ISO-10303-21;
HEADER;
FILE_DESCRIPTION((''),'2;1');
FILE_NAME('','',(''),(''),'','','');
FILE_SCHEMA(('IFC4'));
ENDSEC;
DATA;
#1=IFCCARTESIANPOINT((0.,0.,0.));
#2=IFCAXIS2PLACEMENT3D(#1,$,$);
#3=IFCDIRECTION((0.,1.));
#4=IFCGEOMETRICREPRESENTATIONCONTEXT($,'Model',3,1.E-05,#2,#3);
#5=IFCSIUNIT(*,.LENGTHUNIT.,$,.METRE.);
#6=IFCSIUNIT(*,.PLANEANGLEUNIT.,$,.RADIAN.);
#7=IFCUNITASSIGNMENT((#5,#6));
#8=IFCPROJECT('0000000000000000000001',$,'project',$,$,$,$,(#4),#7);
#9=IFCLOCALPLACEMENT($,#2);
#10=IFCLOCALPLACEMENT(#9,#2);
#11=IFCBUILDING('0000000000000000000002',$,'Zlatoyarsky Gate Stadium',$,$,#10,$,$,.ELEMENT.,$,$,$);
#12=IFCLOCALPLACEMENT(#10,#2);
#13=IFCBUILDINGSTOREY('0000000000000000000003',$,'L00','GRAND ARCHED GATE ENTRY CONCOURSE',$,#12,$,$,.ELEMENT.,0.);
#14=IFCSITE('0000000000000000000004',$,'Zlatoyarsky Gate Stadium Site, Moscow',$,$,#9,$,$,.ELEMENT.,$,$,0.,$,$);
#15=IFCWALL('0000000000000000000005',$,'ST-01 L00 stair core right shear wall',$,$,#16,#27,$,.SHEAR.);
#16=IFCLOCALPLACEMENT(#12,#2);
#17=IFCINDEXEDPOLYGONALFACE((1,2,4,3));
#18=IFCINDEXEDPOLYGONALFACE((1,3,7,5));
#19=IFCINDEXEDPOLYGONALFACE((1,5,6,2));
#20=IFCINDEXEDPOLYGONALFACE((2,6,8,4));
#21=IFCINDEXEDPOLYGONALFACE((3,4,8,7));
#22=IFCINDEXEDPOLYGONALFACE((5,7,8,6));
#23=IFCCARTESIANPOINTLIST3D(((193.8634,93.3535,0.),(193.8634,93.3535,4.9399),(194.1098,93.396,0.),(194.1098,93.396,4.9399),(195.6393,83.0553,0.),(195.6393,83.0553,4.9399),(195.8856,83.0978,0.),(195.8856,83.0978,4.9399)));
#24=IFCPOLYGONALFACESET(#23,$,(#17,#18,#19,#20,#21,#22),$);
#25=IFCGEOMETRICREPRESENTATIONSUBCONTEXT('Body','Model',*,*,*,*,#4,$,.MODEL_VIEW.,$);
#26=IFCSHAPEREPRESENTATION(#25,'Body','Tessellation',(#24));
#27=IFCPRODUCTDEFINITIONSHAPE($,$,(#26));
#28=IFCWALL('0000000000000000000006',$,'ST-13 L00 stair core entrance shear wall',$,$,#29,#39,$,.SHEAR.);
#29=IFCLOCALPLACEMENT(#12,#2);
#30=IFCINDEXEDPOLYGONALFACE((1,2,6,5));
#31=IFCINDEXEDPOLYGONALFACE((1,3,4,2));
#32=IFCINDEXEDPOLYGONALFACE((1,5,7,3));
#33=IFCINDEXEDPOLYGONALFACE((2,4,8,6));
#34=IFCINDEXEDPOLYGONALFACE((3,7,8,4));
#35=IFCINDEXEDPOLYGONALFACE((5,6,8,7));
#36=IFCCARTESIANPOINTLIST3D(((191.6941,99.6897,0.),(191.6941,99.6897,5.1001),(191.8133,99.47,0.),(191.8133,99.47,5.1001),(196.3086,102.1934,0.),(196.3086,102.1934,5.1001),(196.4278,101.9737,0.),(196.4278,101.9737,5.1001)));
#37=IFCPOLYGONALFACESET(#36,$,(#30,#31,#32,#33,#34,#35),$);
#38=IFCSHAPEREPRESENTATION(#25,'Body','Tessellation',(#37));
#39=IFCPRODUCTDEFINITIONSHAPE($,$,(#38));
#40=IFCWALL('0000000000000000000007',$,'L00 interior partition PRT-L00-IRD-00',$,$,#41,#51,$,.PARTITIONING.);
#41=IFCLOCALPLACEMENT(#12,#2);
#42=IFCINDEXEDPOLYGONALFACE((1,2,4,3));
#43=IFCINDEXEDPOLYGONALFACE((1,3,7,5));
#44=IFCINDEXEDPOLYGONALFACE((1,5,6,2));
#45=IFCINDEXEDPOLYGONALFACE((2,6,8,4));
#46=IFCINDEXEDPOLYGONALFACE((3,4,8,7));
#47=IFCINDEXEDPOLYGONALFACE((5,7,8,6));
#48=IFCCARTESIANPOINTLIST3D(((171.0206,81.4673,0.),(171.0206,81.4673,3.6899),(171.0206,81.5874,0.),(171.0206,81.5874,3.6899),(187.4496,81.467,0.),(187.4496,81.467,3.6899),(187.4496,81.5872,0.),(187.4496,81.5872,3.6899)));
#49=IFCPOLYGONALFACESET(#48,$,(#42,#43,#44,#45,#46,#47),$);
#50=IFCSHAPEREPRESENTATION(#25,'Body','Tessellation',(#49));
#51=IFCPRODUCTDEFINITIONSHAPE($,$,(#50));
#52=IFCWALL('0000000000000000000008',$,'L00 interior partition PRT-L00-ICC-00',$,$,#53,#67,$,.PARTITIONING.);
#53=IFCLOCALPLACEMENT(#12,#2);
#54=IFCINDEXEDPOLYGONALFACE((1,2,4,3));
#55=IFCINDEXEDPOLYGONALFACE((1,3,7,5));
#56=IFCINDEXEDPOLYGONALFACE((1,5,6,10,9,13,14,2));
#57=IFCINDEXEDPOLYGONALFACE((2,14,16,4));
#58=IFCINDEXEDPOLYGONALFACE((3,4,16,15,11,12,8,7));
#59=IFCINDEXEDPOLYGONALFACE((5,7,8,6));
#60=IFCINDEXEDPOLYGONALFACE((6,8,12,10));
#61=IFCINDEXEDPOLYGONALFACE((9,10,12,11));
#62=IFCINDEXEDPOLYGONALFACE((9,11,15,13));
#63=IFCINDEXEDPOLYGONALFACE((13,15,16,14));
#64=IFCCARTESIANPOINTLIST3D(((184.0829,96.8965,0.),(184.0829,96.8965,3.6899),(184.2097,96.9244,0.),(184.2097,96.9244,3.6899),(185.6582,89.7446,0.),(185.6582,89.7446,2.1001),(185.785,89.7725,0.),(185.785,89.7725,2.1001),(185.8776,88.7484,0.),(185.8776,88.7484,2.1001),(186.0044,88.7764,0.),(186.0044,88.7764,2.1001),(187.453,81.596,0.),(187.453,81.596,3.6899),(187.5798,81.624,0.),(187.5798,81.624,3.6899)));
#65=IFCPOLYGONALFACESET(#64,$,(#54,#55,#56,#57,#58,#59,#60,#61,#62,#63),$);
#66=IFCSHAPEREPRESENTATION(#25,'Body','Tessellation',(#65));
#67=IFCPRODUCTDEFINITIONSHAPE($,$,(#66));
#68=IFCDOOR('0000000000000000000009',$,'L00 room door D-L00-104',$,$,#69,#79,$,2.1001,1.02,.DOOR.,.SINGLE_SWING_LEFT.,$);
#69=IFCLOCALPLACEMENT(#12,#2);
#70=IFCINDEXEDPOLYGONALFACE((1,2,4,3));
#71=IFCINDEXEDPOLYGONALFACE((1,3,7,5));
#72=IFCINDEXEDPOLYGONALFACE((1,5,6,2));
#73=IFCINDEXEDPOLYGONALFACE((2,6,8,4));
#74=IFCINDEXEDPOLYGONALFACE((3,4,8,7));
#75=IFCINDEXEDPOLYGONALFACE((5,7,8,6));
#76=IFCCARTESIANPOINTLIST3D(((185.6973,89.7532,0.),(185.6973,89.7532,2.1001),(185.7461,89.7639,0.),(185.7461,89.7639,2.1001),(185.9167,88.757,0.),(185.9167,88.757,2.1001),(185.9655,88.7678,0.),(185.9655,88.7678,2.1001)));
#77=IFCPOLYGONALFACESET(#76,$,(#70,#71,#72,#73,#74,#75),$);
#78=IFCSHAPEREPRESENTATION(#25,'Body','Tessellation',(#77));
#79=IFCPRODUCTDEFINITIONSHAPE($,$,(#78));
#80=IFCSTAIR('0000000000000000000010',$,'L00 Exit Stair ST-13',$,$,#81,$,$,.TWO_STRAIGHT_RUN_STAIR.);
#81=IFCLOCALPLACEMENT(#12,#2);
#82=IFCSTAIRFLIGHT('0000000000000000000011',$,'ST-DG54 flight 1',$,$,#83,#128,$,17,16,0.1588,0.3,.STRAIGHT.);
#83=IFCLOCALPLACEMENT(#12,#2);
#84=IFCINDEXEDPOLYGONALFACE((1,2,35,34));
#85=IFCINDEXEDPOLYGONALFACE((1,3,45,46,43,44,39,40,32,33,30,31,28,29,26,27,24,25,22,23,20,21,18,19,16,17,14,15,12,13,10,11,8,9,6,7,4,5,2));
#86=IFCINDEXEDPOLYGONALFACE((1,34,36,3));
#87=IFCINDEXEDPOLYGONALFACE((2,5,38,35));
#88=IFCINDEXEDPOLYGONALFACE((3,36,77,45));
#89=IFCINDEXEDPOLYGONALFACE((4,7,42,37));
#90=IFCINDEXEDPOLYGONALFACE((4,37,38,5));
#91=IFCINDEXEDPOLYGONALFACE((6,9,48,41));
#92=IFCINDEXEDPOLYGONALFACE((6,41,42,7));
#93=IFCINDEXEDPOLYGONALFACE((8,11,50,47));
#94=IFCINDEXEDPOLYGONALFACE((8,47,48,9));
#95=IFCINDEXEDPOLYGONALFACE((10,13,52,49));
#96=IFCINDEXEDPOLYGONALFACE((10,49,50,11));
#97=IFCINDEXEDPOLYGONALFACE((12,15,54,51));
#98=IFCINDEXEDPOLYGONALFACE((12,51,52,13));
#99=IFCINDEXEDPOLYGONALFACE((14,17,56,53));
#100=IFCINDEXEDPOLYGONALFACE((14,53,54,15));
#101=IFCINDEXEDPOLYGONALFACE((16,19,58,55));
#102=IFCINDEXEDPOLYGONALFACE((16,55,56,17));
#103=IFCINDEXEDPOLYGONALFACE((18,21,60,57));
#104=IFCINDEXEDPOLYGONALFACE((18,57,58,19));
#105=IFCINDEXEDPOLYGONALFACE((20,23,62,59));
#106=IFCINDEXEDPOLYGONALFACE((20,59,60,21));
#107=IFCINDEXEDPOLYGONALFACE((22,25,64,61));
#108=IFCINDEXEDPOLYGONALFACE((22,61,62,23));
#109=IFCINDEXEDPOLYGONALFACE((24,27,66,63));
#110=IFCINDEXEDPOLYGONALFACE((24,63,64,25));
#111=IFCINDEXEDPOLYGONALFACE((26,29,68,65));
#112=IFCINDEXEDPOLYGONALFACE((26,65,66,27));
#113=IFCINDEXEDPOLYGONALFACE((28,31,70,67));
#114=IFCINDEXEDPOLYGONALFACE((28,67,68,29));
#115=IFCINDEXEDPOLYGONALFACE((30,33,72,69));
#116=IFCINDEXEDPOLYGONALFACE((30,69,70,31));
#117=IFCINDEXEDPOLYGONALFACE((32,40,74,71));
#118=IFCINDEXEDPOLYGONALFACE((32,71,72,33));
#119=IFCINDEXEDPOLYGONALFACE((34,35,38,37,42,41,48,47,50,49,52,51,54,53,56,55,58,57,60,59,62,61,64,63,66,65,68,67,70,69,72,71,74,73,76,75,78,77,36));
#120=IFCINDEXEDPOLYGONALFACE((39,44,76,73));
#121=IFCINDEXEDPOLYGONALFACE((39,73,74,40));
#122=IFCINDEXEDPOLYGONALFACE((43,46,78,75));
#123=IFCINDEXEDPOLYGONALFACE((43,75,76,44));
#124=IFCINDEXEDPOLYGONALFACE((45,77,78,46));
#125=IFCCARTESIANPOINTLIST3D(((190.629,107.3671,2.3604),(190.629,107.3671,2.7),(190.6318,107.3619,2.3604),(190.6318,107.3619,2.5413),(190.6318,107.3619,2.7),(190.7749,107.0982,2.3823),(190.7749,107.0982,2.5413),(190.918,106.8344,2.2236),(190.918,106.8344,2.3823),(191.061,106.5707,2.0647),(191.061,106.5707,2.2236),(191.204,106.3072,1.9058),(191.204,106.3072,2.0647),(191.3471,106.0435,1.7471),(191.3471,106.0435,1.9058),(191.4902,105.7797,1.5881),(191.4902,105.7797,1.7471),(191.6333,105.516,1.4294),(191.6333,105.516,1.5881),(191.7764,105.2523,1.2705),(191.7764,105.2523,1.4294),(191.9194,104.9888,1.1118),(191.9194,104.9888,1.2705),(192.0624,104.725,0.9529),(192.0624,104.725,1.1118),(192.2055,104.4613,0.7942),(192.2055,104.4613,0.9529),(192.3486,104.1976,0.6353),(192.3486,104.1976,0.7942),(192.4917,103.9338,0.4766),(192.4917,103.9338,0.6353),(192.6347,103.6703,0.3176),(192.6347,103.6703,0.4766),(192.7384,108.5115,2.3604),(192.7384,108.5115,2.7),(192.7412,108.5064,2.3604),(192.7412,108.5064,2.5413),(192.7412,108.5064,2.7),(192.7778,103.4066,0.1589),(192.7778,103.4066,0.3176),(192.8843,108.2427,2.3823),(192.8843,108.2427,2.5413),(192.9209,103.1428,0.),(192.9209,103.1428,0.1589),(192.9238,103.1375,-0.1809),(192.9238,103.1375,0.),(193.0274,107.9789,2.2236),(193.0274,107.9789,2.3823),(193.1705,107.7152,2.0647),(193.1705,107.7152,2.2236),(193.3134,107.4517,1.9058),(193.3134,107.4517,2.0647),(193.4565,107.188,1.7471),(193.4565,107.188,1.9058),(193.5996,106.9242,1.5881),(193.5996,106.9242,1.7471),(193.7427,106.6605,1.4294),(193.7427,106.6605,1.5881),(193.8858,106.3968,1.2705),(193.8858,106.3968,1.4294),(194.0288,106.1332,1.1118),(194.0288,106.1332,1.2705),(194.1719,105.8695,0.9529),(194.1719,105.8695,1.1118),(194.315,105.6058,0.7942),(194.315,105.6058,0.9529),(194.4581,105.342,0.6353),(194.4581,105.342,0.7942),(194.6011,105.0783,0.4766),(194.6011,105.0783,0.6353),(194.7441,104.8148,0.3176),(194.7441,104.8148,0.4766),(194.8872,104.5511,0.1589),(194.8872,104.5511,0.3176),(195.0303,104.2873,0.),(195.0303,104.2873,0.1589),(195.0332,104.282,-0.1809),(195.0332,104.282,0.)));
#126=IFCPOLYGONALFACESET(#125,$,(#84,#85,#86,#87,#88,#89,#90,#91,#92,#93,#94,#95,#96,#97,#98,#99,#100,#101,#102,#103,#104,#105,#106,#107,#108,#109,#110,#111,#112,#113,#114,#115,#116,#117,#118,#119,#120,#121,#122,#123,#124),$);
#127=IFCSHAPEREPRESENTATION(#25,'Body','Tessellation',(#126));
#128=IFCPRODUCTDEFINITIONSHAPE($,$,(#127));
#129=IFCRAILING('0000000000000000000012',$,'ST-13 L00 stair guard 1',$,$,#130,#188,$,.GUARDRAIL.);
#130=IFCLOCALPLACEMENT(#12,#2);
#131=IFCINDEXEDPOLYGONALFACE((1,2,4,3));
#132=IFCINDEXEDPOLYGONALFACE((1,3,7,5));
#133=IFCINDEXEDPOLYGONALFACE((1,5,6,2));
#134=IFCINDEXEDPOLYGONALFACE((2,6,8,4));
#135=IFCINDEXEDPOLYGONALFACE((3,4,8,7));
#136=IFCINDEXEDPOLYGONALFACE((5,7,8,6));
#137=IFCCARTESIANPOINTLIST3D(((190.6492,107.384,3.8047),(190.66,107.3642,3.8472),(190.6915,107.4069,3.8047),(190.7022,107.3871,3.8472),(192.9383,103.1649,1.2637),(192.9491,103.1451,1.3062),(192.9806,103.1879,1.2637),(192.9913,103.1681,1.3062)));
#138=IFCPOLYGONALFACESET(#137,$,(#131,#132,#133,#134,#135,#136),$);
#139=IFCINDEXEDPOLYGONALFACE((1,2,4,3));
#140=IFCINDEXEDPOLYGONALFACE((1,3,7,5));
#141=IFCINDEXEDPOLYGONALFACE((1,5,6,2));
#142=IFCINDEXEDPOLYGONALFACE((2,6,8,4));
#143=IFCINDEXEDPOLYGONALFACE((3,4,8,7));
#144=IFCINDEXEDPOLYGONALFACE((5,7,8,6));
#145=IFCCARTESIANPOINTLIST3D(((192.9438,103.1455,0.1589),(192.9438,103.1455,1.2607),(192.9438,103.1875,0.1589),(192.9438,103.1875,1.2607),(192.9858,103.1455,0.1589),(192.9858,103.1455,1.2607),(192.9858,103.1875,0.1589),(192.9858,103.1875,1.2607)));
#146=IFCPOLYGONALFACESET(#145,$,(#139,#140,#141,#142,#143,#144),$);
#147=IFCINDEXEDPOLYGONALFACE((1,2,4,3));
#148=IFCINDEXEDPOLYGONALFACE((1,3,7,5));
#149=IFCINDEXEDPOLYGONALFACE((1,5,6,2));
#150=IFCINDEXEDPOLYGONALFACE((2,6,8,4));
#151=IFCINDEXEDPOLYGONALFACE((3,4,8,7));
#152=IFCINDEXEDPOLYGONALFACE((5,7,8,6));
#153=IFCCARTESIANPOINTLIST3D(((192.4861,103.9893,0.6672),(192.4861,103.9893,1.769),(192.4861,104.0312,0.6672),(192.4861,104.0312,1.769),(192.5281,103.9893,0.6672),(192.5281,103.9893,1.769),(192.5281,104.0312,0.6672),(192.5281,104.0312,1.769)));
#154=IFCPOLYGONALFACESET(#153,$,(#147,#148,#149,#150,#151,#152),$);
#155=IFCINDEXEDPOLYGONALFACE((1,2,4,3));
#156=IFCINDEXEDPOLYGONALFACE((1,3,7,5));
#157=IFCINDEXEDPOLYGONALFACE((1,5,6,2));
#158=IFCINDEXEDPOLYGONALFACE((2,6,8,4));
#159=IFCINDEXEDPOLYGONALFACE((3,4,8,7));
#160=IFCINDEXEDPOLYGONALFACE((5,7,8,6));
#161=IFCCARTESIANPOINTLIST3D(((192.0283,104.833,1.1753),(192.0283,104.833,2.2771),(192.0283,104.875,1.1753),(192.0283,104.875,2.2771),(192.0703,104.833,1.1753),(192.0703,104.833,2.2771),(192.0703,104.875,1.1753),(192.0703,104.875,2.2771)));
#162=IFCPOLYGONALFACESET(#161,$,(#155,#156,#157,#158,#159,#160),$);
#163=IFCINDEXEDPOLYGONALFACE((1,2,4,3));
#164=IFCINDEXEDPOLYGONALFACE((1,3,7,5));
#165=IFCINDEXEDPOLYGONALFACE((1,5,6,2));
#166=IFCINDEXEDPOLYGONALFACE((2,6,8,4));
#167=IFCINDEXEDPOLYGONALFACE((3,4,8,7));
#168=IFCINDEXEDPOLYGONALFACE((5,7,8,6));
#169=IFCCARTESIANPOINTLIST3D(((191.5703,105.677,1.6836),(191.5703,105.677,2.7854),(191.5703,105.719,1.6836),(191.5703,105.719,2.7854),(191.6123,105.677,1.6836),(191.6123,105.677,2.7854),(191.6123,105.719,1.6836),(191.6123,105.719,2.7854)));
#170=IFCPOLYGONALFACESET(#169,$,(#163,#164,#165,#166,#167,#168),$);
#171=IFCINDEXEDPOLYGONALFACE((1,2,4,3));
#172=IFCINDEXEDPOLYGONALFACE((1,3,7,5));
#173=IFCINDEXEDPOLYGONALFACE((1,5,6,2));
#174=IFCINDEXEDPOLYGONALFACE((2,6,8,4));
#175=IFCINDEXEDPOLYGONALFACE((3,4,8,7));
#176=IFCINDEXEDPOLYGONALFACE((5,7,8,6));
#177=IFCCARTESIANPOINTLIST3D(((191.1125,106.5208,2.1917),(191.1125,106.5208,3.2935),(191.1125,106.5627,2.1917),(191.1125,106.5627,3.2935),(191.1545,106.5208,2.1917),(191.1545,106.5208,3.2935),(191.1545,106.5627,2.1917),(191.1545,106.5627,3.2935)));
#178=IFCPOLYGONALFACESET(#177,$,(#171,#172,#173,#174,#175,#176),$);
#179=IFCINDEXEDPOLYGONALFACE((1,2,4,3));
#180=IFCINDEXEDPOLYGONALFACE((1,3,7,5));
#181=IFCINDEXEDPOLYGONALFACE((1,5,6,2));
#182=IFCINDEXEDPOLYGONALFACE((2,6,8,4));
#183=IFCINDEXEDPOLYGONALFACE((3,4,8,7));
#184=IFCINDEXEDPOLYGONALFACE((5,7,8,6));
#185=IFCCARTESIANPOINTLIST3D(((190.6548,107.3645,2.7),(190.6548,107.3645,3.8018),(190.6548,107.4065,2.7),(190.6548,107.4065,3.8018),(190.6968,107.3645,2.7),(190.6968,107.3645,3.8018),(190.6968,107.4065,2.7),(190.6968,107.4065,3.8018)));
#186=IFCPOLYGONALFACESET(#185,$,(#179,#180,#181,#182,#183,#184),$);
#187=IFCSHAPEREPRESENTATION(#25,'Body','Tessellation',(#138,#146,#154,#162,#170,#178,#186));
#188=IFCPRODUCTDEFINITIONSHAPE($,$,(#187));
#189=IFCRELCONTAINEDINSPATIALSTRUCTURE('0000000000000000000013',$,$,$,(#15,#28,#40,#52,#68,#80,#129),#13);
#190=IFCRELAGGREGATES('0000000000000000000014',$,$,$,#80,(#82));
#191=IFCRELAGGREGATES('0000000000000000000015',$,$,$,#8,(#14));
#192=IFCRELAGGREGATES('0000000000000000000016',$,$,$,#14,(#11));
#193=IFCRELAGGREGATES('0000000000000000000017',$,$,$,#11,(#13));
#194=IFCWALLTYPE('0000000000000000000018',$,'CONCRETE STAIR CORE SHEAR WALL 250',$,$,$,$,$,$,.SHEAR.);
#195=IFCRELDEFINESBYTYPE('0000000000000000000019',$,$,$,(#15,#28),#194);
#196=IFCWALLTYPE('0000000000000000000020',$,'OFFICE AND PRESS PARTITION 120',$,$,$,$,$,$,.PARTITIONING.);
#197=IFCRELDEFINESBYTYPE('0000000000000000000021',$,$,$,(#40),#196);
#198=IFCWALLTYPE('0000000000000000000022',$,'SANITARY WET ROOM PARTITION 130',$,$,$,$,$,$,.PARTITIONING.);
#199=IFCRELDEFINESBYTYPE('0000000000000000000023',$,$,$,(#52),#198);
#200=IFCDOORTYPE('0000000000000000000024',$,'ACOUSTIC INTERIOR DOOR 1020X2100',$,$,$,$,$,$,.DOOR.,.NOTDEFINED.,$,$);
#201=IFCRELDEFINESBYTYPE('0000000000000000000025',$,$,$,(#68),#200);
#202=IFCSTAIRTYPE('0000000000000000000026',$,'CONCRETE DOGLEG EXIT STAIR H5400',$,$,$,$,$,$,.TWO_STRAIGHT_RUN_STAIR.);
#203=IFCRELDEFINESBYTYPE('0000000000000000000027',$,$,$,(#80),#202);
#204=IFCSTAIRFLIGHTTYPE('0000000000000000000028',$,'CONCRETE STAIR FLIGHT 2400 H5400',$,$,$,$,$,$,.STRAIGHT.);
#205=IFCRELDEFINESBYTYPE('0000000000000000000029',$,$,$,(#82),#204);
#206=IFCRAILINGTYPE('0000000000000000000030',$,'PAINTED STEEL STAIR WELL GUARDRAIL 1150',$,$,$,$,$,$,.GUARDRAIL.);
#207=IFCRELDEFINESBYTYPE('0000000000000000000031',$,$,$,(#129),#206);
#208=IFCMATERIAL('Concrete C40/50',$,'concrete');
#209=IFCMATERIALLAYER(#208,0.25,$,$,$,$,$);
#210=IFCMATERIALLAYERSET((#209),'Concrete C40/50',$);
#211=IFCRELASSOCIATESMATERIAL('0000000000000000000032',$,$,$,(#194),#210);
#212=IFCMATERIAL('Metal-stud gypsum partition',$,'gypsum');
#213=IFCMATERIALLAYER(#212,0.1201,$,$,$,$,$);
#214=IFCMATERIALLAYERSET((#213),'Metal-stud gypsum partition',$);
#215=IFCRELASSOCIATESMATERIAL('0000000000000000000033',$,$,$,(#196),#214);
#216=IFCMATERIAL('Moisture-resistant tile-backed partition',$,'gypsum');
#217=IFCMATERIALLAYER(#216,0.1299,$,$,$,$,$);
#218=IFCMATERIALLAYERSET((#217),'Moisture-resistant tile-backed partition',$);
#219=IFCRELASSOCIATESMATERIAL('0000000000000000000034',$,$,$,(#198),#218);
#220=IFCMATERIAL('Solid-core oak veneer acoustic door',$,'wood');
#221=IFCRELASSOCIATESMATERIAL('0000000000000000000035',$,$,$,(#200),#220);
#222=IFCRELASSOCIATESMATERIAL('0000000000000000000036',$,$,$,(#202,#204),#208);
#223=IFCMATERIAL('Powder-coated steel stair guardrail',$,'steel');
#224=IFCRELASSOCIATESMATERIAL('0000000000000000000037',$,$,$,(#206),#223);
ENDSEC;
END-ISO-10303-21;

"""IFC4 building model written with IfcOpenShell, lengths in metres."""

from ifc_helpers import new_model, si_unit, direction, frame, frame_2d, origin, origin_2d, place, context, subcontext, project, spatial, polyline, rectangle, outline, extrude, material, layer, layer_set, type_object, element, fill, aggregate, save


model = new_model("IFC4")

# Units and contexts
model_context = context("Model", 3, precision=1e-05, world=origin(), true_north=direction((0.0, 1.0)))
body_context = subcontext(model_context, "Body", "Model", "MODEL_VIEW")
ifc_project = project(units=[si_unit("LENGTHUNIT", "METRE"), si_unit("PLANEANGLEUNIT", "RADIAN")], contexts=[model_context])

# Site, building, storey
site_placement = place(None, origin())
site = spatial("IfcSite", under=ifc_project, at=site_placement, Name="Zlatoyarsky Gate Stadium Site, Moscow", CompositionType="ELEMENT", RefElevation=0.0)
building_placement = place(site_placement, origin())
building = spatial("IfcBuilding", under=site, at=building_placement, Name="Zlatoyarsky Gate Stadium", CompositionType="ELEMENT")
storey_placement = place(building_placement, origin())
storey = spatial("IfcBuildingStorey", under=building, at=storey_placement, Name="L00", Description="GRAND ARCHED GATE ENTRY CONCOURSE", CompositionType="ELEMENT", Elevation=0.0)

# Shared definitions
ifc_material_1 = material(Name="Concrete C40/50", Category="concrete")

# Shared definitions
ifc_material_2 = material(Name="Solid-core oak veneer acoustic door", Category="wood")

# Shared definitions
ifc_layer_1 = layer(ifc_material_1, 0.25)
ifc_layer_set_1 = layer_set([ifc_layer_1], Name="Concrete C40/50")
wall_type_1 = type_object("IfcWallType", Name="CONCRETE STAIR CORE SHEAR WALL 250", PredefinedType="SHEAR", material=ifc_layer_set_1)

# Walls
wall_1_placement = place(storey_placement, frame((193.9866, 93.3748, 0.0), z_axis=(0.0, 0.0, 1.0), x_axis=(0.169939, -0.985455, 0.0)))
element("IfcWall", 1, at=wall_1_placement, inside=storey, type_object=wall_type_1, Name="ST-01 L00 stair core right shear wall", PredefinedType="SHEAR", context=body_context, shape_type="SweptSolid", body=[
    extrude(rectangle(XDim=10.4502, YDim=0.25, at=frame_2d((5.2251, 0.0))), origin(), (0.0, 0.0, 1.0), 4.9399),
])
wall_2_placement = place(storey_placement, frame((191.7537, 99.5798, 0.0), z_axis=(0.0, 0.0, 1.0), x_axis=(0.878961, 0.476893, 0.0)))
element("IfcWall", 2, at=wall_2_placement, inside=storey, type_object=wall_type_1, Name="ST-13 L00 stair core entrance shear wall", PredefinedType="SHEAR", context=body_context, shape_type="SweptSolid", body=[
    extrude(rectangle(XDim=5.25, YDim=0.25, at=frame_2d((2.625, 0.0))), origin(), (0.0, 0.0, 1.0), 5.1001),
])
ifc_material_3 = material(Name="Metal-stud gypsum partition", Category="gypsum")
ifc_layer_2 = layer(ifc_material_3, 0.1201)
ifc_layer_set_2 = layer_set([ifc_layer_2], Name="Metal-stud gypsum partition")
wall_type_2 = type_object("IfcWallType", Name="OFFICE AND PRESS PARTITION 120", PredefinedType="PARTITIONING", material=ifc_layer_set_2)
wall_3_placement = place(storey_placement, frame((171.0208, 81.5273, 0.0), z_axis=(0.0, 0.0, 1.0), x_axis=(1.0, -0.000015, 0.0)))
element("IfcWall", 3, at=wall_3_placement, inside=storey, type_object=wall_type_2, Name="L00 interior partition PRT-L00-IRD-00", PredefinedType="PARTITIONING", context=body_context, shape_type="SweptSolid", body=[
    extrude(rectangle(XDim=16.429, YDim=0.1201, at=frame_2d((8.2144, 0.0))), origin(), (0.0, 0.0, 1.0), 3.6899),
])

# Wall, opening, door
ifc_material_4 = material(Name="Moisture-resistant tile-backed partition", Category="gypsum")
ifc_layer_3 = layer(ifc_material_4, 0.1299)
ifc_layer_set_3 = layer_set([ifc_layer_3], Name="Moisture-resistant tile-backed partition")
wall_type_3 = type_object("IfcWallType", Name="SANITARY WET ROOM PARTITION 130", PredefinedType="PARTITIONING", material=ifc_layer_set_3)
wall_4_placement = place(storey_placement, frame((187.5164, 81.6101, 0.0), z_axis=(0.0, 0.0, 1.0), x_axis=(-0.215105, 0.976591, 0.0)))
wall_4 = element("IfcWall", 4, at=wall_4_placement, inside=storey, type_object=wall_type_3, Name="L00 interior partition PRT-L00-ICC-00", PredefinedType="PARTITIONING", context=body_context, shape_type="SweptSolid", body=[
    extrude(rectangle(XDim=15.6672, YDim=0.1299, at=frame_2d((7.8335, 0.0))), origin(), (0.0, 0.0, 1.0), 3.6899),
])
opening_1_placement = place(wall_4_placement, frame((7.3237, 0.0, 0.0)))
opening_1 = element("IfcOpeningElement", 5, at=opening_1_placement, cuts=wall_4, PredefinedType="OPENING", context=body_context, shape_type="SweptSolid", body=[
    extrude(rectangle(XDim=1.02, YDim=2.1001, at=frame_2d((0.51, 1.05))), frame((0.0, 0.075, 0.0), z_axis=(0.0, -1.0, 0.0), x_axis=(1.0, 0.0, 0.0)), (0.0, 0.0, 1.0), 0.1499),
])
door_type_1 = type_object("IfcDoorType", Name="ACOUSTIC INTERIOR DOOR 1020X2100", OperationType="NOTDEFINED", PredefinedType="DOOR", material=ifc_material_2)
door_1_placement = place(opening_1_placement, origin())
door_1 = element("IfcDoor", 6, at=door_1_placement, inside=storey, type_object=door_type_1, Name="L00 room door D-L00-104", OperationType="SINGLE_SWING_LEFT", OverallHeight=2.1001, OverallWidth=1.02, PredefinedType="DOOR", context=body_context, shape_type="SweptSolid", body=[
    extrude(rectangle(XDim=1.02, YDim=2.1001, at=frame_2d((0.51, 1.05))), frame((0.0, 0.0249, 0.0), z_axis=(0.0, -1.0, 0.0), x_axis=(1.0, 0.0, 0.0)), (0.0, 0.0, 1.0), 0.05),
])
fill(opening_1, door_1)

# Stair, stair flight
stair_type = type_object("IfcStairType", Name="CONCRETE DOGLEG EXIT STAIR H5400", PredefinedType="TWO_STRAIGHT_RUN_STAIR", material=ifc_material_1)
stair_placement = place(storey_placement, origin())
stair = element("IfcStair", 7, at=stair_placement, inside=storey, type_object=stair_type, Name="L00 Exit Stair ST-13", PredefinedType="TWO_STRAIGHT_RUN_STAIR")
stair_flight_type = type_object("IfcStairFlightType", Name="CONCRETE STAIR FLIGHT 2400 H5400", PredefinedType="STRAIGHT", material=ifc_material_1)
stair_flight_placement = place(storey_placement, frame((193.9756, 103.7151, 0.0), z_axis=(0.0, 0.0, 1.0), x_axis=(-0.47689, 0.878963, 0.0)))
stair_flight = element("IfcStairFlight", 8, at=stair_flight_placement, type_object=stair_flight_type, Name="ST-DG54 flight 1", NumberOfRisers=17, NumberOfTreads=16, PredefinedType="STRAIGHT", RiserHeight=0.1588, TreadLength=0.3, context=body_context, shape_type="SweptSolid", body=[
    extrude(outline(polyline([(-0.0061, -0.1809), (-0.0061, 0.0), (0.0, 0.0), (0.0, 0.1589), (0.3, 0.1589), (0.3, 0.3176), (0.6001, 0.3176), (0.6001, 0.4766), (0.8999, 0.4766), (0.8999, 0.6353), (1.2, 0.6353), (1.2, 0.7942), (1.5, 0.7942), (1.5, 0.9529), (1.8, 0.9529), (1.8, 1.1118), (2.1001, 1.1118), (2.1001, 1.2705), (2.3999, 1.2705), (2.3999, 1.4294), (2.7, 1.4294), (2.7, 1.5881), (3.0, 1.5881), (3.0, 1.7471), (3.3, 1.7471), (3.3, 1.9058), (3.6001, 1.9058), (3.6001, 2.0647), (3.8999, 2.0647), (3.8999, 2.2236), (4.2, 2.2236), (4.2, 2.3823), (4.5, 2.3823), (4.5, 2.5413), (4.8, 2.5413), (4.8, 2.7), (4.8059, 2.7), (4.8059, 2.3604), (4.8, 2.3604), (-0.0061, -0.1809)])), frame((0.0, 1.2, 0.0), z_axis=(0.0, -1.0, 0.0), x_axis=(1.0, 0.0, 0.0)), (0.0, 0.0, 1.0), 2.3999),
])
aggregate(stair, [stair_flight])

# Railing
ifc_material_5 = material(Name="Powder-coated steel stair guardrail", Category="steel")
railing_type_1 = type_object("IfcRailingType", Name="PAINTED STEEL STAIR WELL GUARDRAIL 1150", PredefinedType="GUARDRAIL", material=ifc_material_5)
railing_1_placement = place(storey_placement, frame((192.9648, 103.1665, 0.1589)))
element("IfcRailing", 9, at=railing_1_placement, inside=storey, type_object=railing_type_1, Name="ST-13 L00 stair guard 1", PredefinedType="GUARDRAIL", context=body_context, shape_type="SweptSolid", body=[
    extrude(rectangle(XDim=0.0481, YDim=0.0481, at=origin_2d()), frame((0.0, 0.0, 1.126), z_axis=(-0.421476, 0.776826, 0.467867), x_axis=(-0.878962, -0.476891, 0.0)), (0.0, 0.0, 1.0), 5.4312),
    extrude(rectangle(XDim=0.042, YDim=0.042, at=origin_2d()), origin(), (0.0, 0.0, 1.0), 1.1018),
    extrude(rectangle(XDim=0.042, YDim=0.042, at=origin_2d()), frame((-0.4578, 0.8438, 0.5083)), (0.0, 0.0, 1.0), 1.1018),
    extrude(rectangle(XDim=0.042, YDim=0.042, at=origin_2d()), frame((-0.9155, 1.6875, 1.0164)), (0.0, 0.0, 1.0), 1.1018),
    extrude(rectangle(XDim=0.042, YDim=0.042, at=origin_2d()), frame((-1.3735, 2.5315, 1.5247)), (0.0, 0.0, 1.0), 1.1018),
    extrude(rectangle(XDim=0.042, YDim=0.042, at=origin_2d()), frame((-1.8313, 3.3752, 2.0327)), (0.0, 0.0, 1.0), 1.1018),
    extrude(rectangle(XDim=0.042, YDim=0.042, at=origin_2d()), frame((-2.2891, 4.219, 2.541)), (0.0, 0.0, 1.0), 1.1018),
])

save(model, "model.ifc")
